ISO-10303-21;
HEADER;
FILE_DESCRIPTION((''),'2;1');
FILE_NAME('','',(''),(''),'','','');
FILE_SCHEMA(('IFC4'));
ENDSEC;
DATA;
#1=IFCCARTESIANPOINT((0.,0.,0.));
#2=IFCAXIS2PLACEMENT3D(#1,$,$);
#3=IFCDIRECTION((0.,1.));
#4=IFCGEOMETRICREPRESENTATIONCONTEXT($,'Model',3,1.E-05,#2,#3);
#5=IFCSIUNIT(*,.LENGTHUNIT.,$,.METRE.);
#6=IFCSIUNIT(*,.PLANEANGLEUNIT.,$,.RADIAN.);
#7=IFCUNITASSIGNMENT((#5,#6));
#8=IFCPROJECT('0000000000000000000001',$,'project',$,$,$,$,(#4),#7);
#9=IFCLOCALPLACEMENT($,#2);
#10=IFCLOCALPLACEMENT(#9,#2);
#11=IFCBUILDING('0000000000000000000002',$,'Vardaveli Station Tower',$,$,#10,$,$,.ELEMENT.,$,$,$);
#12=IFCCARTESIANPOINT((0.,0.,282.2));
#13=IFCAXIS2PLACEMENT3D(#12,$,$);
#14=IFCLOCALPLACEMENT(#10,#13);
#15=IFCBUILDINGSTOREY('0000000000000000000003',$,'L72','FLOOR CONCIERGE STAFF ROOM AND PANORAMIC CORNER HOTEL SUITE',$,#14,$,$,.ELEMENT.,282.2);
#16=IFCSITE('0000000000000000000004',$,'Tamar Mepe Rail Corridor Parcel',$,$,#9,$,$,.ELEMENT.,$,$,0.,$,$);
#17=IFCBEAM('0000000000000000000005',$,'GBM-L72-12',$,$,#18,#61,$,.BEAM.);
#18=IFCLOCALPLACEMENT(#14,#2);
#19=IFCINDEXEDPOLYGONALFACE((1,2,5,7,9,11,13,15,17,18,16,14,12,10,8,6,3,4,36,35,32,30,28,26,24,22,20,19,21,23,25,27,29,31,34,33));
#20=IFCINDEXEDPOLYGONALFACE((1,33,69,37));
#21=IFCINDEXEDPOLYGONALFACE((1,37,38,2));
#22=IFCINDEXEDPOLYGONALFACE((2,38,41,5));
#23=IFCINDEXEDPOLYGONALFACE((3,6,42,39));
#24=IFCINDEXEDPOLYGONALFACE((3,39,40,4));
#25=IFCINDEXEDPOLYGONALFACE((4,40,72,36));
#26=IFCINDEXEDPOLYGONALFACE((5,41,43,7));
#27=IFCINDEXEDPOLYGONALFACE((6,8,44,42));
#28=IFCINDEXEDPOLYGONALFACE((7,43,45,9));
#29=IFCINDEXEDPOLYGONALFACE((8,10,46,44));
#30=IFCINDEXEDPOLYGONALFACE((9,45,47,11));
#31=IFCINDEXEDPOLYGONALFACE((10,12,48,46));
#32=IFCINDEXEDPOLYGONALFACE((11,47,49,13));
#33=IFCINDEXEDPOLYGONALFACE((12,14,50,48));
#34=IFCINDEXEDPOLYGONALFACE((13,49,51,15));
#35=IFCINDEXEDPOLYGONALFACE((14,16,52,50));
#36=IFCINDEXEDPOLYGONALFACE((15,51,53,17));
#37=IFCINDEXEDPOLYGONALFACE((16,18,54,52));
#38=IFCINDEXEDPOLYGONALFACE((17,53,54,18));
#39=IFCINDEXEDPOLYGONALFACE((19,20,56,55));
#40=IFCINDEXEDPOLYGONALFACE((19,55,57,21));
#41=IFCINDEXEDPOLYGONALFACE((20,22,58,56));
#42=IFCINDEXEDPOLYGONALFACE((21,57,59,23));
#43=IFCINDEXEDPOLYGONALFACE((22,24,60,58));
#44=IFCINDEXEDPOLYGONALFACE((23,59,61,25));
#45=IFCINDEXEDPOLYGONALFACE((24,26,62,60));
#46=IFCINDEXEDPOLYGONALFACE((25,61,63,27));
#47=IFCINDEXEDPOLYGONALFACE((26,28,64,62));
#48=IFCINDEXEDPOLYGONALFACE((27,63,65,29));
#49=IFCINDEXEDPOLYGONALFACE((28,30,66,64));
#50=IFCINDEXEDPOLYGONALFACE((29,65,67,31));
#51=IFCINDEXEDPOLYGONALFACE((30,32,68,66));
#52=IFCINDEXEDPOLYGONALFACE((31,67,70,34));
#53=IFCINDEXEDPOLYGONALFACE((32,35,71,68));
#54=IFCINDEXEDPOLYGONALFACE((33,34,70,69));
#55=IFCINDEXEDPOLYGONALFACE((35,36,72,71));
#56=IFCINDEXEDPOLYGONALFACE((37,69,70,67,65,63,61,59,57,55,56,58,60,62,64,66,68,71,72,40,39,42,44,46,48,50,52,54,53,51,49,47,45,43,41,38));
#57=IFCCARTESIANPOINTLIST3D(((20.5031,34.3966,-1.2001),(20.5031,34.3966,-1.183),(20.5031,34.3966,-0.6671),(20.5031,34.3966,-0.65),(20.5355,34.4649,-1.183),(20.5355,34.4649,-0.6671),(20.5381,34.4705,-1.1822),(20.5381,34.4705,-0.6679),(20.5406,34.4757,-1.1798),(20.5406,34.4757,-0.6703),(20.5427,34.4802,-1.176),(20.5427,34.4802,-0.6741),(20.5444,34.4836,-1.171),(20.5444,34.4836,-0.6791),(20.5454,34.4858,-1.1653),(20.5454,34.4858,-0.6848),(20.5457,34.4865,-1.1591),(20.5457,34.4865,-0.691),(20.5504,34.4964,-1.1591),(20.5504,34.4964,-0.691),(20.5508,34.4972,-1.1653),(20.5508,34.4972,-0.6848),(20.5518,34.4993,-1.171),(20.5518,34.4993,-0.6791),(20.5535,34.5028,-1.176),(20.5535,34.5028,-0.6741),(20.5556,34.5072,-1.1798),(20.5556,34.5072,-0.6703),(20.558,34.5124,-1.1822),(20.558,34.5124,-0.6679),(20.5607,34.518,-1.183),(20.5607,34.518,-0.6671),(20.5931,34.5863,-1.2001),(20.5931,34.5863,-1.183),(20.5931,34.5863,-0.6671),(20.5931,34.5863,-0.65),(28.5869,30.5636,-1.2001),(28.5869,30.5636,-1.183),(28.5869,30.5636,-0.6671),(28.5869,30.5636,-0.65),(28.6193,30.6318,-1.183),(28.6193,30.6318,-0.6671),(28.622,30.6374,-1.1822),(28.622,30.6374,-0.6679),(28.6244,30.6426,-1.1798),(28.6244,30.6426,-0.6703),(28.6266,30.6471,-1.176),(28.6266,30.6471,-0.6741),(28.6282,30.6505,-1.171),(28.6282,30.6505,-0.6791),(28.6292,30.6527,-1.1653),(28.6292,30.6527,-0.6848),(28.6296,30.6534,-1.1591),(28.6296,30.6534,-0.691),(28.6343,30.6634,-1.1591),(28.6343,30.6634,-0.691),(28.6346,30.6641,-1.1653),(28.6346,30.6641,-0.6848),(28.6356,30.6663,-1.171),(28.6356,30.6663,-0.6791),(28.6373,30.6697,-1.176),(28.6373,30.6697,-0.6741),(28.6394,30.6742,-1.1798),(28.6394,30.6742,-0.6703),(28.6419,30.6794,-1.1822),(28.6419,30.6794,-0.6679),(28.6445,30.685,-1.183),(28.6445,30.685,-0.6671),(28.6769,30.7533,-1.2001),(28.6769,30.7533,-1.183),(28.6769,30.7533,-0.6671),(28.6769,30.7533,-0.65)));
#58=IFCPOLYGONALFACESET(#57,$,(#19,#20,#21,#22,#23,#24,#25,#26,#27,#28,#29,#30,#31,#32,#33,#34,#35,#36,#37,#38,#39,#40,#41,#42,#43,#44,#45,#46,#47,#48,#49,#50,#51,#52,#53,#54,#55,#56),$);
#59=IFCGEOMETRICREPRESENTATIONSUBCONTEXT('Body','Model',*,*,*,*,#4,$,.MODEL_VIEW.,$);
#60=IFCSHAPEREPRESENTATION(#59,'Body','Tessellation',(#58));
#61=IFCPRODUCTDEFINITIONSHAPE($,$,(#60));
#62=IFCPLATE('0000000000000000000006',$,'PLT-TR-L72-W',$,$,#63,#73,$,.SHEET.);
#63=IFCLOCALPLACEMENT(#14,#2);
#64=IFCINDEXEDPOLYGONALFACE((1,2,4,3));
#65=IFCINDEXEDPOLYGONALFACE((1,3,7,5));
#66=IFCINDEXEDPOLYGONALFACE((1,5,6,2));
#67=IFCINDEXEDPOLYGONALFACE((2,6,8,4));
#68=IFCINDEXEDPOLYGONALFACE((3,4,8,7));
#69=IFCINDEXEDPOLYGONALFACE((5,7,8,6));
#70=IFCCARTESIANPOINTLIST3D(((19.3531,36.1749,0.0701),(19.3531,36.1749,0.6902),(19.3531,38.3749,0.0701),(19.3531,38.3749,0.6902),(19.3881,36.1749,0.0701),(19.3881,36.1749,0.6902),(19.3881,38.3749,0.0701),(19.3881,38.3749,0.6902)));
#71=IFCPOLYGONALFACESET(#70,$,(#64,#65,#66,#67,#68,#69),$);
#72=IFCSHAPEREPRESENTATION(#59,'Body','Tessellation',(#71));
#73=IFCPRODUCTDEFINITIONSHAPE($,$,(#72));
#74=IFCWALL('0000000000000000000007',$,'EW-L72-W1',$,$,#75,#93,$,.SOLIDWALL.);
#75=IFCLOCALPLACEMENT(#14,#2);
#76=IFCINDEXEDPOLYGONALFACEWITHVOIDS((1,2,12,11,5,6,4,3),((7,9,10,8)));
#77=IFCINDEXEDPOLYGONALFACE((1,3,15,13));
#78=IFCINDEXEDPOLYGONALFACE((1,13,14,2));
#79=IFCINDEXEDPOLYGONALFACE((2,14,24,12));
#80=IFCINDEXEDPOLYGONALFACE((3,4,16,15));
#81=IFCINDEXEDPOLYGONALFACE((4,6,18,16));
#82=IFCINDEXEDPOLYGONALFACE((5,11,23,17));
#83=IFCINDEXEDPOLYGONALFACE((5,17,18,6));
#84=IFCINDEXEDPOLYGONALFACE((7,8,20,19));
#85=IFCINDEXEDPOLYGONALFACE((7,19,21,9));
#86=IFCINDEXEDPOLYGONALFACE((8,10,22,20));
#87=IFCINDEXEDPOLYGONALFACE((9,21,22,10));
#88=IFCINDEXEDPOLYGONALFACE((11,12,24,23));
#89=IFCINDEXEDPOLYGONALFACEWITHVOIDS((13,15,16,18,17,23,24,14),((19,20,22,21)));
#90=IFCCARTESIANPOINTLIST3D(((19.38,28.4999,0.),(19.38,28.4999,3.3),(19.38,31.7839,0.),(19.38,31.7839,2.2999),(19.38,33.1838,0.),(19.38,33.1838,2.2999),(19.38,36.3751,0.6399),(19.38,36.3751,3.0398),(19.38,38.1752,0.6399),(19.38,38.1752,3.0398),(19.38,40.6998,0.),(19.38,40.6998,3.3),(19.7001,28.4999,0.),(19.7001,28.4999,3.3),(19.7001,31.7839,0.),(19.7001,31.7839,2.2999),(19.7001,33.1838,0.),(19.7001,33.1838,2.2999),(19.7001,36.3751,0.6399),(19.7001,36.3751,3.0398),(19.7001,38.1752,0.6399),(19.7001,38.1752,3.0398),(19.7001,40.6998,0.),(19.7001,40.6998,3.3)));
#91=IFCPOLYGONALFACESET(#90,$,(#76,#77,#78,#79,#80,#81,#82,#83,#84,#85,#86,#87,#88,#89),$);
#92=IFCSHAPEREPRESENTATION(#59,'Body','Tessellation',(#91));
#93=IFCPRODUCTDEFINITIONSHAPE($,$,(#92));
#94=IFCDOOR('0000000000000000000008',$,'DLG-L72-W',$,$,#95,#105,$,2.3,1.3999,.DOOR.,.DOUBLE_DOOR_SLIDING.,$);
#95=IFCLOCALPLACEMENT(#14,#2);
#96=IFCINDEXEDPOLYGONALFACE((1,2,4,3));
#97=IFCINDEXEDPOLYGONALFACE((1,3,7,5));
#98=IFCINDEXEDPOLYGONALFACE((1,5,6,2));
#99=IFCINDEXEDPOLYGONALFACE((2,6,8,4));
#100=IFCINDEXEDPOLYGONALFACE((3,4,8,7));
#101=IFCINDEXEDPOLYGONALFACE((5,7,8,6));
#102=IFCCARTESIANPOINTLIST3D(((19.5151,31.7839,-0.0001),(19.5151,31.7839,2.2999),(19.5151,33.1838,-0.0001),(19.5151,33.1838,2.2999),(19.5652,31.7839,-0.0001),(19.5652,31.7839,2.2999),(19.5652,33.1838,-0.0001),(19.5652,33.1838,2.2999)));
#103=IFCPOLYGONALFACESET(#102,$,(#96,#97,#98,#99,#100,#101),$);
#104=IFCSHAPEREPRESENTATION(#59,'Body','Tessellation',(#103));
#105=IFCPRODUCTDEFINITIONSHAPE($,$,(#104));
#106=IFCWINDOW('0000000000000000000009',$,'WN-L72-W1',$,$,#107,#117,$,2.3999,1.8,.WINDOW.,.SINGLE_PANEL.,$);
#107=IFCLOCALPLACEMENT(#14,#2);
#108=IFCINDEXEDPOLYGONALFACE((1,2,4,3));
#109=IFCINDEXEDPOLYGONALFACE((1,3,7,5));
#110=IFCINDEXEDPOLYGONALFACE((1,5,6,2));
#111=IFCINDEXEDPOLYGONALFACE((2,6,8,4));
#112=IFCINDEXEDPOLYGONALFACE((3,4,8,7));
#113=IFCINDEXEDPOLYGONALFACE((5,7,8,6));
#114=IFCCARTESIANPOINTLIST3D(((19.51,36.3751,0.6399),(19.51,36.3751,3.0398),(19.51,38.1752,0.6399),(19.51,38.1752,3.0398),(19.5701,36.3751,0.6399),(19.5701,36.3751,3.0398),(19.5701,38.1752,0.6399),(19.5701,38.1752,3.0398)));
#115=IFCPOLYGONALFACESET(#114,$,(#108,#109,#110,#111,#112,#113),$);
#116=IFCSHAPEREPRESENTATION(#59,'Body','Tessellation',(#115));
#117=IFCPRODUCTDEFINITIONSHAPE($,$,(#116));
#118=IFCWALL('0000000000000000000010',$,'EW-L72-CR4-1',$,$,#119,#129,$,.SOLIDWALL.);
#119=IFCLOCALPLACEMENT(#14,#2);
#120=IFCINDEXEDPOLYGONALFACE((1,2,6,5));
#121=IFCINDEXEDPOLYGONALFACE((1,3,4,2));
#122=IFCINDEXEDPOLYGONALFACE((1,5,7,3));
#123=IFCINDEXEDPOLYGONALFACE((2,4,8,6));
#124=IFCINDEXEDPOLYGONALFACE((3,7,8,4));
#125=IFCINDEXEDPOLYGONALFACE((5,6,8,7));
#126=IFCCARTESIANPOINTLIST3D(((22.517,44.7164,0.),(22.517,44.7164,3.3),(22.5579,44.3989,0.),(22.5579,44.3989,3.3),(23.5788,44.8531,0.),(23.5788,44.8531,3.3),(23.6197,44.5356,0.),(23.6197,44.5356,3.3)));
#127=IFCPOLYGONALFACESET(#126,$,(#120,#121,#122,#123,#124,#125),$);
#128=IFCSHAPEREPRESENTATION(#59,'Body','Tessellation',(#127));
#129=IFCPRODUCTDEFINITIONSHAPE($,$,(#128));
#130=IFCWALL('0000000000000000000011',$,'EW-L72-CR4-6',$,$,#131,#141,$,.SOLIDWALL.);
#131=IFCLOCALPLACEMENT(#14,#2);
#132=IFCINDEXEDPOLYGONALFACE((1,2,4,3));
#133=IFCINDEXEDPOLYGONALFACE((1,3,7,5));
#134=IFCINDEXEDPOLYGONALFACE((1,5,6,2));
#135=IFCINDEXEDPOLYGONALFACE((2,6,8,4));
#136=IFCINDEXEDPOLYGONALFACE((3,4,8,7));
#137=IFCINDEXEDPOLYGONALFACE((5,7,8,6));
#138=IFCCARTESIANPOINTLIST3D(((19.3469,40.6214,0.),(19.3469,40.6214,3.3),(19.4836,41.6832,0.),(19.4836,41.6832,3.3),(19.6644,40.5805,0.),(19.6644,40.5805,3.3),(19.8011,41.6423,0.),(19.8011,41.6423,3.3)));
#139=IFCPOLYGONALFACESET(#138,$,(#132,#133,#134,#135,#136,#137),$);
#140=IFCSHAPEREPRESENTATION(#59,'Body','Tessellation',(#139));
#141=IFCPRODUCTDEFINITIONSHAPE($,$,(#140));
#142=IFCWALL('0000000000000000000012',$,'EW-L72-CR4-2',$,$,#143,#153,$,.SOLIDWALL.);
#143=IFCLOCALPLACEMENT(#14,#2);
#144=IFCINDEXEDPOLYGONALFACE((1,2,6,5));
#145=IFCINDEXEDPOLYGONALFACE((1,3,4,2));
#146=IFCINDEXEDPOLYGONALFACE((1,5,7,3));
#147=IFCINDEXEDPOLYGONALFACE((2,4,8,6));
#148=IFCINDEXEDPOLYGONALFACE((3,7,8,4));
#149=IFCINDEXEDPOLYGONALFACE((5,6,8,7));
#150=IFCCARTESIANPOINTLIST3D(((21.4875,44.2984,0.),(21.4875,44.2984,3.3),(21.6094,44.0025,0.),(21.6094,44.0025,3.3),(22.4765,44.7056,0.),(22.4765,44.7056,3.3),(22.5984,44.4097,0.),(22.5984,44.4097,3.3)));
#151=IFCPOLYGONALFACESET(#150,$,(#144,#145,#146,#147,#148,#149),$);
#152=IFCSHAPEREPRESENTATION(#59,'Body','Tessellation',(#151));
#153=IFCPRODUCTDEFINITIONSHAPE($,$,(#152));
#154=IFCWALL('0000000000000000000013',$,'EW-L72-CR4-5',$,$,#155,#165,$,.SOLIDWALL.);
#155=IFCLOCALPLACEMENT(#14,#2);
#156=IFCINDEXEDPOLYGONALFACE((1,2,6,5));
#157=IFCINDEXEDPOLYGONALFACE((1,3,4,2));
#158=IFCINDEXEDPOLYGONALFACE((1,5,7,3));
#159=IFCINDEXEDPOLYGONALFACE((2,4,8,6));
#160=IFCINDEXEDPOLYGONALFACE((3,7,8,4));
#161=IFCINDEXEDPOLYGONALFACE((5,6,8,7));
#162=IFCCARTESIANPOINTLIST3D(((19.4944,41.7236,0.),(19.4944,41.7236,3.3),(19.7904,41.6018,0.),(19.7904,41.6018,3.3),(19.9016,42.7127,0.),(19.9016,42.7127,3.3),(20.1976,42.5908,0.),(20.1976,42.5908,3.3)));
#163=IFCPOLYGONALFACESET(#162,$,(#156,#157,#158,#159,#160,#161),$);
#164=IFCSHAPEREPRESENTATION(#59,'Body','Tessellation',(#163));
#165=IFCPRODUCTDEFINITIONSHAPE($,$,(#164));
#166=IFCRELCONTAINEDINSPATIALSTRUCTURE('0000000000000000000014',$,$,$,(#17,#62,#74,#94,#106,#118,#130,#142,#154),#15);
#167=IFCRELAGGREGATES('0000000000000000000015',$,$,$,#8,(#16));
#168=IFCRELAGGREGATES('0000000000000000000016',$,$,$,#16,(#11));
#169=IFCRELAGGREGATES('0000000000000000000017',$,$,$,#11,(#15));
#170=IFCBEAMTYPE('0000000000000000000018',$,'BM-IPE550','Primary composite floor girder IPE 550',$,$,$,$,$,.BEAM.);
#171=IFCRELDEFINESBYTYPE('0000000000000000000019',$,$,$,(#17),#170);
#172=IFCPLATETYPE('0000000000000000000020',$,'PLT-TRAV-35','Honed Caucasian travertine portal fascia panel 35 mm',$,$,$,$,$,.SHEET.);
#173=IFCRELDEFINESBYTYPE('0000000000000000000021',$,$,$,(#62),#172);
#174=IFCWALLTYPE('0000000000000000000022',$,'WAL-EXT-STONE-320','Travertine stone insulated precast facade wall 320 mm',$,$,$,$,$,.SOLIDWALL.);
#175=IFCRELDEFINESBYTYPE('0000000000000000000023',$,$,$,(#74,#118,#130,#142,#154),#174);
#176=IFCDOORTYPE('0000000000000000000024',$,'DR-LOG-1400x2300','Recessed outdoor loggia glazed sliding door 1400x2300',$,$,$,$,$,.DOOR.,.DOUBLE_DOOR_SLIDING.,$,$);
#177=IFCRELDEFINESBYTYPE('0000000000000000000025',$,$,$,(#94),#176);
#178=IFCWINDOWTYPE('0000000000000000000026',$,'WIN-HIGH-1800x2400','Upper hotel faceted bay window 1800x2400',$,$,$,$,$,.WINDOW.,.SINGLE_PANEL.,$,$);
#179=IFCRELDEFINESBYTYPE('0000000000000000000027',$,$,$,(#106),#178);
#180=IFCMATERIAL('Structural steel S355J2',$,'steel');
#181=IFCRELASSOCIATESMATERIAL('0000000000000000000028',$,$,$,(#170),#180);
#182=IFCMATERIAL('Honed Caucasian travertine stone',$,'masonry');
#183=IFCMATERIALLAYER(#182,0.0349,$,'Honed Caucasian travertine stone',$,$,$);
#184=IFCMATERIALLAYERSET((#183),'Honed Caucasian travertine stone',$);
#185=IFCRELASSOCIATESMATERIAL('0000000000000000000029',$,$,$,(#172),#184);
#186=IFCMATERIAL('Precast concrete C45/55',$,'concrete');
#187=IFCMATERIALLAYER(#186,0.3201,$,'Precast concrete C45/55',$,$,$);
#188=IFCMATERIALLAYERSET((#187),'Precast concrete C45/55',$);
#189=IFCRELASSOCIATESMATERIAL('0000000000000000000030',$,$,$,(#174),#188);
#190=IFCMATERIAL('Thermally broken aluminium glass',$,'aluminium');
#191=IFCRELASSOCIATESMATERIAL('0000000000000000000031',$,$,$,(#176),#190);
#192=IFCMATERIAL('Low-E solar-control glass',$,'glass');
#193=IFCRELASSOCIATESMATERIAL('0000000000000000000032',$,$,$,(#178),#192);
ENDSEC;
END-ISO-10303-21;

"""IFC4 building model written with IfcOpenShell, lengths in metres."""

from ifc_helpers import new_model, si_unit, direction, frame, frame_2d, origin, origin_2d, place, context, subcontext, project, spatial, rectangle, i_section, extrude, source, transform, mapped, material, layer, layer_set, material_profile, profile_set, type_object, element, fill, save


model = new_model("IFC4")

# Units and contexts
model_context = context("Model", 3, precision=1e-05, world=origin(), true_north=direction((0.0, 1.0)))
body_context = subcontext(model_context, "Body", "Model", "MODEL_VIEW")
ifc_project = project(units=[si_unit("LENGTHUNIT", "METRE"), si_unit("PLANEANGLEUNIT", "RADIAN")], contexts=[model_context])

# Site, building, storey
site_placement = place(None, origin())
site = spatial("IfcSite", under=ifc_project, at=site_placement, Name="Tamar Mepe Rail Corridor Parcel", CompositionType="ELEMENT", RefElevation=0.0)
building_placement = place(site_placement, origin())
building = spatial("IfcBuilding", under=site, at=building_placement, Name="Vardaveli Station Tower", CompositionType="ELEMENT")
storey_placement = place(building_placement, frame((0.0, 0.0, 282.2)))
storey = spatial("IfcBuildingStorey", under=building, at=storey_placement, Name="L72", Description="FLOOR CONCIERGE STAFF ROOM AND PANORAMIC CORNER HOTEL SUITE", CompositionType="ELEMENT", Elevation=282.2)

# Beam
ifc_material_1 = material(Name="Structural steel S355J2", Category="steel")
ifc_material_profile_1 = material_profile(ifc_material_1, i_section(OverallWidth=0.21, OverallDepth=0.55, WebThickness=0.011, FlangeThickness=0.0171, FilletRadius=0.0239, at=origin_2d()), Name="IPE 550")
ifc_profile_set_1 = profile_set([ifc_material_profile_1], Name="Structural steel S355J2")
beam_type_1 = type_object("IfcBeamType", Name="BM-IPE550", Description="Primary composite floor girder IPE 550", PredefinedType="BEAM", material=ifc_profile_set_1)
shared_shape_1 = source(origin(), body_context, "Body", "SweptSolid", [
    extrude(i_section(OverallWidth=0.21, OverallDepth=0.55, WebThickness=0.011, FlangeThickness=0.0171, FilletRadius=0.0239, at=origin_2d()), origin(), (0.0, 0.0, 1.0), 8.9465),
])
beam_1_placement = place(storey_placement, frame((20.5481, 34.4915, -0.925), z_axis=(0.903571, -0.428439, 0.0), x_axis=(0.428439, 0.903571, 0.0)))
element("IfcBeam", 1, at=beam_1_placement, inside=storey, type_object=beam_type_1, Name="GBM-L72-12", PredefinedType="BEAM", context=body_context, shape_type="MappedRepresentation", body=[
    mapped(shared_shape_1, transform((0.0, 0.0, 0.0), scale=1.0)),
])

# Plate
ifc_material_2 = material(Name="Honed Caucasian travertine stone", Category="masonry")
ifc_layer_1 = layer(ifc_material_2, 0.0349, Name="Honed Caucasian travertine stone")
ifc_layer_set_1 = layer_set([ifc_layer_1], Name="Honed Caucasian travertine stone")
plate_type = type_object("IfcPlateType", Name="PLT-TRAV-35", Description="Honed Caucasian travertine portal fascia panel 35 mm", PredefinedType="SHEET", material=ifc_layer_set_1)
shared_shape_2 = source(origin(), body_context, "Body", "SweptSolid", [
    extrude(rectangle(XDim=2.2, YDim=0.0349, at=origin_2d()), origin(), (0.0, 0.0, 1.0), 0.6201),
])
plate_placement = place(storey_placement, frame((19.3706, 37.2749, 0.0701), z_axis=(0.0, 0.0, 1.0), x_axis=(0.0, 1.0, 0.0)))
element("IfcPlate", 2, at=plate_placement, inside=storey, type_object=plate_type, Name="PLT-TR-L72-W", PredefinedType="SHEET", context=body_context, shape_type="MappedRepresentation", body=[
    mapped(shared_shape_2, transform((0.0, 0.0, 0.0), scale=1.0)),
])

# Wall, openings, door, window
ifc_material_3 = material(Name="Precast concrete C45/55", Category="concrete")
ifc_layer_2 = layer(ifc_material_3, 0.3201, Name="Precast concrete C45/55")
ifc_layer_set_2 = layer_set([ifc_layer_2], Name="Precast concrete C45/55")
wall_type_1 = type_object("IfcWallType", Name="WAL-EXT-STONE-320", Description="Travertine stone insulated precast facade wall 320 mm", PredefinedType="SOLIDWALL", material=ifc_layer_set_2)
shared_shape_3 = source(origin(), body_context, "Body", "SweptSolid", [
    extrude(rectangle(XDim=12.2, YDim=0.3201, at=frame_2d((6.1001, 0.0))), origin(), (0.0, 0.0, 1.0), 3.3),
])
wall_1_placement = place(storey_placement, frame((19.54, 40.7, 0.0), z_axis=(0.0, 0.0, 1.0), x_axis=(0.0, -1.0, 0.0)))
wall_1 = element("IfcWall", 3, at=wall_1_placement, inside=storey, type_object=wall_type_1, Name="EW-L72-W1", PredefinedType="SOLIDWALL", context=body_context, shape_type="MappedRepresentation", body=[
    mapped(shared_shape_3, transform((0.0, 0.0, 0.0), scale=1.0)),
])
shared_shape_4 = source(origin(), body_context, "Body", "SweptSolid", [
    extrude(rectangle(XDim=1.3999, YDim=2.3, at=frame_2d((0.7, 1.1499))), frame((0.0, 0.1699, 0.0), z_axis=(0.0, -1.0, 0.0), x_axis=(1.0, 0.0, 0.0)), (0.0, 0.0, 1.0), 0.3401),
])
opening_1_placement = place(wall_1_placement, frame((7.5161, 0.0, 0.0)))
opening_1 = element("IfcOpeningElement", 4, at=opening_1_placement, cuts=wall_1, PredefinedType="OPENING", context=body_context, shape_type="MappedRepresentation", body=[
    mapped(shared_shape_4, transform((0.0, 0.0, 0.0), scale=1.0)),
])
shared_shape_5 = source(origin(), body_context, "Body", "SweptSolid", [
    extrude(rectangle(XDim=1.8, YDim=2.3999, at=frame_2d((0.8999, 1.2))), frame((0.0, 0.1699, 0.0), z_axis=(0.0, -1.0, 0.0), x_axis=(1.0, 0.0, 0.0)), (0.0, 0.0, 1.0), 0.3401),
])
opening_2_placement = place(wall_1_placement, frame((2.5249, 0.0, 0.6399)))
opening_2 = element("IfcOpeningElement", 5, at=opening_2_placement, cuts=wall_1, PredefinedType="OPENING", context=body_context, shape_type="MappedRepresentation", body=[
    mapped(shared_shape_5, transform((0.0, 0.0, 0.0), scale=1.0)),
])
ifc_material_4 = material(Name="Thermally broken aluminium glass", Category="aluminium")
door_type = type_object("IfcDoorType", Name="DR-LOG-1400x2300", Description="Recessed outdoor loggia glazed sliding door 1400x2300", OperationType="DOUBLE_DOOR_SLIDING", PredefinedType="DOOR", material=ifc_material_4)
shared_shape_6 = source(origin(), body_context, "Body", "SweptSolid", [
    extrude(rectangle(XDim=1.3999, YDim=2.3, at=frame_2d((0.7, 1.1499))), frame((0.0, 0.0249, 0.0), z_axis=(0.0, -1.0, 0.0), x_axis=(1.0, 0.0, 0.0)), (0.0, 0.0, 1.0), 0.05),
])
door_placement = place(opening_1_placement, frame((1.3999, 0.0, 0.0), z_axis=(0.0, 0.0, 1.0), x_axis=(-1.0, 0.0, 0.0)))
door = element("IfcDoor", 6, at=door_placement, inside=storey, type_object=door_type, Name="DLG-L72-W", OperationType="DOUBLE_DOOR_SLIDING", OverallHeight=2.3, OverallWidth=1.3999, PredefinedType="DOOR", context=body_context, shape_type="MappedRepresentation", body=[
    mapped(shared_shape_6, transform((0.0, 0.0, 0.0), scale=1.0)),
])
fill(opening_1, door)
ifc_material_5 = material(Name="Low-E solar-control glass", Category="glass")
window_type = type_object("IfcWindowType", Name="WIN-HIGH-1800x2400", Description="Upper hotel faceted bay window 1800x2400", PartitioningType="SINGLE_PANEL", PredefinedType="WINDOW", material=ifc_material_5)
shared_shape_7 = source(origin(), body_context, "Body", "SweptSolid", [
    extrude(rectangle(XDim=1.8, YDim=2.3999, at=frame_2d((0.8999, 1.2))), frame((0.0, 0.03, 0.0), z_axis=(0.0, -1.0, 0.0), x_axis=(1.0, 0.0, 0.0)), (0.0, 0.0, 1.0), 0.0601),
])
window_placement = place(opening_2_placement, origin())
window = element("IfcWindow", 7, at=window_placement, inside=storey, type_object=window_type, Name="WN-L72-W1", OverallHeight=2.3999, OverallWidth=1.8, PartitioningType="SINGLE_PANEL", PredefinedType="WINDOW", context=body_context, shape_type="MappedRepresentation", body=[
    mapped(shared_shape_7, transform((0.0, 0.0, 0.0), scale=1.0)),
])
fill(opening_2, window)

# Walls
shared_shape_8 = source(origin(), body_context, "Body", "SweptSolid", [
    extrude(rectangle(XDim=1.0706, YDim=0.3201, at=frame_2d((0.5352, 0.0))), origin(), (0.0, 0.0, 1.0), 3.3),
])
for number, where, z_axis, x_axis, name in (
    (8, (23.5991, 44.6943, 0.0), (0.0, 0.0, 1.0), (-0.991811, -0.127711, 0.0), "EW-L72-CR4-1"),
    (9, (19.6423, 41.6626, 0.0), (0.0, 0.0, 1.0), (-0.127711, -0.991811, 0.0), "EW-L72-CR4-6"),
):
    element("IfcWall", number, at=place(storey_placement, frame(where, z_axis=z_axis, x_axis=x_axis)), inside=storey, type_object=wall_type_1, Name=name, PredefinedType="SOLIDWALL", context=body_context, shape_type="MappedRepresentation", body=[
        mapped(shared_shape_8, transform((0.0, 0.0, 0.0), scale=1.0)),
    ])
shared_shape_9 = source(origin(), body_context, "Body", "SweptSolid", [
    extrude(rectangle(XDim=1.0696, YDim=0.3201, at=frame_2d((0.5347, 0.0))), origin(), (0.0, 0.0, 1.0), 3.3),
])
for number, where, z_axis, x_axis, name in (
    (10, (22.5374, 44.5576, 0.0), (0.0, 0.0, 1.0), (-0.924683, -0.380738, 0.0), "EW-L72-CR4-2"),
    (11, (20.0496, 42.6516, 0.0), (0.0, 0.0, 1.0), (-0.380738, -0.924683, 0.0), "EW-L72-CR4-5"),
):
    element("IfcWall", number, at=place(storey_placement, frame(where, z_axis=z_axis, x_axis=x_axis)), inside=storey, type_object=wall_type_1, Name=name, PredefinedType="SOLIDWALL", context=body_context, shape_type="MappedRepresentation", body=[
        mapped(shared_shape_9, transform((0.0, 0.0, 0.0), scale=1.0)),
    ])

save(model, "model.ifc")
